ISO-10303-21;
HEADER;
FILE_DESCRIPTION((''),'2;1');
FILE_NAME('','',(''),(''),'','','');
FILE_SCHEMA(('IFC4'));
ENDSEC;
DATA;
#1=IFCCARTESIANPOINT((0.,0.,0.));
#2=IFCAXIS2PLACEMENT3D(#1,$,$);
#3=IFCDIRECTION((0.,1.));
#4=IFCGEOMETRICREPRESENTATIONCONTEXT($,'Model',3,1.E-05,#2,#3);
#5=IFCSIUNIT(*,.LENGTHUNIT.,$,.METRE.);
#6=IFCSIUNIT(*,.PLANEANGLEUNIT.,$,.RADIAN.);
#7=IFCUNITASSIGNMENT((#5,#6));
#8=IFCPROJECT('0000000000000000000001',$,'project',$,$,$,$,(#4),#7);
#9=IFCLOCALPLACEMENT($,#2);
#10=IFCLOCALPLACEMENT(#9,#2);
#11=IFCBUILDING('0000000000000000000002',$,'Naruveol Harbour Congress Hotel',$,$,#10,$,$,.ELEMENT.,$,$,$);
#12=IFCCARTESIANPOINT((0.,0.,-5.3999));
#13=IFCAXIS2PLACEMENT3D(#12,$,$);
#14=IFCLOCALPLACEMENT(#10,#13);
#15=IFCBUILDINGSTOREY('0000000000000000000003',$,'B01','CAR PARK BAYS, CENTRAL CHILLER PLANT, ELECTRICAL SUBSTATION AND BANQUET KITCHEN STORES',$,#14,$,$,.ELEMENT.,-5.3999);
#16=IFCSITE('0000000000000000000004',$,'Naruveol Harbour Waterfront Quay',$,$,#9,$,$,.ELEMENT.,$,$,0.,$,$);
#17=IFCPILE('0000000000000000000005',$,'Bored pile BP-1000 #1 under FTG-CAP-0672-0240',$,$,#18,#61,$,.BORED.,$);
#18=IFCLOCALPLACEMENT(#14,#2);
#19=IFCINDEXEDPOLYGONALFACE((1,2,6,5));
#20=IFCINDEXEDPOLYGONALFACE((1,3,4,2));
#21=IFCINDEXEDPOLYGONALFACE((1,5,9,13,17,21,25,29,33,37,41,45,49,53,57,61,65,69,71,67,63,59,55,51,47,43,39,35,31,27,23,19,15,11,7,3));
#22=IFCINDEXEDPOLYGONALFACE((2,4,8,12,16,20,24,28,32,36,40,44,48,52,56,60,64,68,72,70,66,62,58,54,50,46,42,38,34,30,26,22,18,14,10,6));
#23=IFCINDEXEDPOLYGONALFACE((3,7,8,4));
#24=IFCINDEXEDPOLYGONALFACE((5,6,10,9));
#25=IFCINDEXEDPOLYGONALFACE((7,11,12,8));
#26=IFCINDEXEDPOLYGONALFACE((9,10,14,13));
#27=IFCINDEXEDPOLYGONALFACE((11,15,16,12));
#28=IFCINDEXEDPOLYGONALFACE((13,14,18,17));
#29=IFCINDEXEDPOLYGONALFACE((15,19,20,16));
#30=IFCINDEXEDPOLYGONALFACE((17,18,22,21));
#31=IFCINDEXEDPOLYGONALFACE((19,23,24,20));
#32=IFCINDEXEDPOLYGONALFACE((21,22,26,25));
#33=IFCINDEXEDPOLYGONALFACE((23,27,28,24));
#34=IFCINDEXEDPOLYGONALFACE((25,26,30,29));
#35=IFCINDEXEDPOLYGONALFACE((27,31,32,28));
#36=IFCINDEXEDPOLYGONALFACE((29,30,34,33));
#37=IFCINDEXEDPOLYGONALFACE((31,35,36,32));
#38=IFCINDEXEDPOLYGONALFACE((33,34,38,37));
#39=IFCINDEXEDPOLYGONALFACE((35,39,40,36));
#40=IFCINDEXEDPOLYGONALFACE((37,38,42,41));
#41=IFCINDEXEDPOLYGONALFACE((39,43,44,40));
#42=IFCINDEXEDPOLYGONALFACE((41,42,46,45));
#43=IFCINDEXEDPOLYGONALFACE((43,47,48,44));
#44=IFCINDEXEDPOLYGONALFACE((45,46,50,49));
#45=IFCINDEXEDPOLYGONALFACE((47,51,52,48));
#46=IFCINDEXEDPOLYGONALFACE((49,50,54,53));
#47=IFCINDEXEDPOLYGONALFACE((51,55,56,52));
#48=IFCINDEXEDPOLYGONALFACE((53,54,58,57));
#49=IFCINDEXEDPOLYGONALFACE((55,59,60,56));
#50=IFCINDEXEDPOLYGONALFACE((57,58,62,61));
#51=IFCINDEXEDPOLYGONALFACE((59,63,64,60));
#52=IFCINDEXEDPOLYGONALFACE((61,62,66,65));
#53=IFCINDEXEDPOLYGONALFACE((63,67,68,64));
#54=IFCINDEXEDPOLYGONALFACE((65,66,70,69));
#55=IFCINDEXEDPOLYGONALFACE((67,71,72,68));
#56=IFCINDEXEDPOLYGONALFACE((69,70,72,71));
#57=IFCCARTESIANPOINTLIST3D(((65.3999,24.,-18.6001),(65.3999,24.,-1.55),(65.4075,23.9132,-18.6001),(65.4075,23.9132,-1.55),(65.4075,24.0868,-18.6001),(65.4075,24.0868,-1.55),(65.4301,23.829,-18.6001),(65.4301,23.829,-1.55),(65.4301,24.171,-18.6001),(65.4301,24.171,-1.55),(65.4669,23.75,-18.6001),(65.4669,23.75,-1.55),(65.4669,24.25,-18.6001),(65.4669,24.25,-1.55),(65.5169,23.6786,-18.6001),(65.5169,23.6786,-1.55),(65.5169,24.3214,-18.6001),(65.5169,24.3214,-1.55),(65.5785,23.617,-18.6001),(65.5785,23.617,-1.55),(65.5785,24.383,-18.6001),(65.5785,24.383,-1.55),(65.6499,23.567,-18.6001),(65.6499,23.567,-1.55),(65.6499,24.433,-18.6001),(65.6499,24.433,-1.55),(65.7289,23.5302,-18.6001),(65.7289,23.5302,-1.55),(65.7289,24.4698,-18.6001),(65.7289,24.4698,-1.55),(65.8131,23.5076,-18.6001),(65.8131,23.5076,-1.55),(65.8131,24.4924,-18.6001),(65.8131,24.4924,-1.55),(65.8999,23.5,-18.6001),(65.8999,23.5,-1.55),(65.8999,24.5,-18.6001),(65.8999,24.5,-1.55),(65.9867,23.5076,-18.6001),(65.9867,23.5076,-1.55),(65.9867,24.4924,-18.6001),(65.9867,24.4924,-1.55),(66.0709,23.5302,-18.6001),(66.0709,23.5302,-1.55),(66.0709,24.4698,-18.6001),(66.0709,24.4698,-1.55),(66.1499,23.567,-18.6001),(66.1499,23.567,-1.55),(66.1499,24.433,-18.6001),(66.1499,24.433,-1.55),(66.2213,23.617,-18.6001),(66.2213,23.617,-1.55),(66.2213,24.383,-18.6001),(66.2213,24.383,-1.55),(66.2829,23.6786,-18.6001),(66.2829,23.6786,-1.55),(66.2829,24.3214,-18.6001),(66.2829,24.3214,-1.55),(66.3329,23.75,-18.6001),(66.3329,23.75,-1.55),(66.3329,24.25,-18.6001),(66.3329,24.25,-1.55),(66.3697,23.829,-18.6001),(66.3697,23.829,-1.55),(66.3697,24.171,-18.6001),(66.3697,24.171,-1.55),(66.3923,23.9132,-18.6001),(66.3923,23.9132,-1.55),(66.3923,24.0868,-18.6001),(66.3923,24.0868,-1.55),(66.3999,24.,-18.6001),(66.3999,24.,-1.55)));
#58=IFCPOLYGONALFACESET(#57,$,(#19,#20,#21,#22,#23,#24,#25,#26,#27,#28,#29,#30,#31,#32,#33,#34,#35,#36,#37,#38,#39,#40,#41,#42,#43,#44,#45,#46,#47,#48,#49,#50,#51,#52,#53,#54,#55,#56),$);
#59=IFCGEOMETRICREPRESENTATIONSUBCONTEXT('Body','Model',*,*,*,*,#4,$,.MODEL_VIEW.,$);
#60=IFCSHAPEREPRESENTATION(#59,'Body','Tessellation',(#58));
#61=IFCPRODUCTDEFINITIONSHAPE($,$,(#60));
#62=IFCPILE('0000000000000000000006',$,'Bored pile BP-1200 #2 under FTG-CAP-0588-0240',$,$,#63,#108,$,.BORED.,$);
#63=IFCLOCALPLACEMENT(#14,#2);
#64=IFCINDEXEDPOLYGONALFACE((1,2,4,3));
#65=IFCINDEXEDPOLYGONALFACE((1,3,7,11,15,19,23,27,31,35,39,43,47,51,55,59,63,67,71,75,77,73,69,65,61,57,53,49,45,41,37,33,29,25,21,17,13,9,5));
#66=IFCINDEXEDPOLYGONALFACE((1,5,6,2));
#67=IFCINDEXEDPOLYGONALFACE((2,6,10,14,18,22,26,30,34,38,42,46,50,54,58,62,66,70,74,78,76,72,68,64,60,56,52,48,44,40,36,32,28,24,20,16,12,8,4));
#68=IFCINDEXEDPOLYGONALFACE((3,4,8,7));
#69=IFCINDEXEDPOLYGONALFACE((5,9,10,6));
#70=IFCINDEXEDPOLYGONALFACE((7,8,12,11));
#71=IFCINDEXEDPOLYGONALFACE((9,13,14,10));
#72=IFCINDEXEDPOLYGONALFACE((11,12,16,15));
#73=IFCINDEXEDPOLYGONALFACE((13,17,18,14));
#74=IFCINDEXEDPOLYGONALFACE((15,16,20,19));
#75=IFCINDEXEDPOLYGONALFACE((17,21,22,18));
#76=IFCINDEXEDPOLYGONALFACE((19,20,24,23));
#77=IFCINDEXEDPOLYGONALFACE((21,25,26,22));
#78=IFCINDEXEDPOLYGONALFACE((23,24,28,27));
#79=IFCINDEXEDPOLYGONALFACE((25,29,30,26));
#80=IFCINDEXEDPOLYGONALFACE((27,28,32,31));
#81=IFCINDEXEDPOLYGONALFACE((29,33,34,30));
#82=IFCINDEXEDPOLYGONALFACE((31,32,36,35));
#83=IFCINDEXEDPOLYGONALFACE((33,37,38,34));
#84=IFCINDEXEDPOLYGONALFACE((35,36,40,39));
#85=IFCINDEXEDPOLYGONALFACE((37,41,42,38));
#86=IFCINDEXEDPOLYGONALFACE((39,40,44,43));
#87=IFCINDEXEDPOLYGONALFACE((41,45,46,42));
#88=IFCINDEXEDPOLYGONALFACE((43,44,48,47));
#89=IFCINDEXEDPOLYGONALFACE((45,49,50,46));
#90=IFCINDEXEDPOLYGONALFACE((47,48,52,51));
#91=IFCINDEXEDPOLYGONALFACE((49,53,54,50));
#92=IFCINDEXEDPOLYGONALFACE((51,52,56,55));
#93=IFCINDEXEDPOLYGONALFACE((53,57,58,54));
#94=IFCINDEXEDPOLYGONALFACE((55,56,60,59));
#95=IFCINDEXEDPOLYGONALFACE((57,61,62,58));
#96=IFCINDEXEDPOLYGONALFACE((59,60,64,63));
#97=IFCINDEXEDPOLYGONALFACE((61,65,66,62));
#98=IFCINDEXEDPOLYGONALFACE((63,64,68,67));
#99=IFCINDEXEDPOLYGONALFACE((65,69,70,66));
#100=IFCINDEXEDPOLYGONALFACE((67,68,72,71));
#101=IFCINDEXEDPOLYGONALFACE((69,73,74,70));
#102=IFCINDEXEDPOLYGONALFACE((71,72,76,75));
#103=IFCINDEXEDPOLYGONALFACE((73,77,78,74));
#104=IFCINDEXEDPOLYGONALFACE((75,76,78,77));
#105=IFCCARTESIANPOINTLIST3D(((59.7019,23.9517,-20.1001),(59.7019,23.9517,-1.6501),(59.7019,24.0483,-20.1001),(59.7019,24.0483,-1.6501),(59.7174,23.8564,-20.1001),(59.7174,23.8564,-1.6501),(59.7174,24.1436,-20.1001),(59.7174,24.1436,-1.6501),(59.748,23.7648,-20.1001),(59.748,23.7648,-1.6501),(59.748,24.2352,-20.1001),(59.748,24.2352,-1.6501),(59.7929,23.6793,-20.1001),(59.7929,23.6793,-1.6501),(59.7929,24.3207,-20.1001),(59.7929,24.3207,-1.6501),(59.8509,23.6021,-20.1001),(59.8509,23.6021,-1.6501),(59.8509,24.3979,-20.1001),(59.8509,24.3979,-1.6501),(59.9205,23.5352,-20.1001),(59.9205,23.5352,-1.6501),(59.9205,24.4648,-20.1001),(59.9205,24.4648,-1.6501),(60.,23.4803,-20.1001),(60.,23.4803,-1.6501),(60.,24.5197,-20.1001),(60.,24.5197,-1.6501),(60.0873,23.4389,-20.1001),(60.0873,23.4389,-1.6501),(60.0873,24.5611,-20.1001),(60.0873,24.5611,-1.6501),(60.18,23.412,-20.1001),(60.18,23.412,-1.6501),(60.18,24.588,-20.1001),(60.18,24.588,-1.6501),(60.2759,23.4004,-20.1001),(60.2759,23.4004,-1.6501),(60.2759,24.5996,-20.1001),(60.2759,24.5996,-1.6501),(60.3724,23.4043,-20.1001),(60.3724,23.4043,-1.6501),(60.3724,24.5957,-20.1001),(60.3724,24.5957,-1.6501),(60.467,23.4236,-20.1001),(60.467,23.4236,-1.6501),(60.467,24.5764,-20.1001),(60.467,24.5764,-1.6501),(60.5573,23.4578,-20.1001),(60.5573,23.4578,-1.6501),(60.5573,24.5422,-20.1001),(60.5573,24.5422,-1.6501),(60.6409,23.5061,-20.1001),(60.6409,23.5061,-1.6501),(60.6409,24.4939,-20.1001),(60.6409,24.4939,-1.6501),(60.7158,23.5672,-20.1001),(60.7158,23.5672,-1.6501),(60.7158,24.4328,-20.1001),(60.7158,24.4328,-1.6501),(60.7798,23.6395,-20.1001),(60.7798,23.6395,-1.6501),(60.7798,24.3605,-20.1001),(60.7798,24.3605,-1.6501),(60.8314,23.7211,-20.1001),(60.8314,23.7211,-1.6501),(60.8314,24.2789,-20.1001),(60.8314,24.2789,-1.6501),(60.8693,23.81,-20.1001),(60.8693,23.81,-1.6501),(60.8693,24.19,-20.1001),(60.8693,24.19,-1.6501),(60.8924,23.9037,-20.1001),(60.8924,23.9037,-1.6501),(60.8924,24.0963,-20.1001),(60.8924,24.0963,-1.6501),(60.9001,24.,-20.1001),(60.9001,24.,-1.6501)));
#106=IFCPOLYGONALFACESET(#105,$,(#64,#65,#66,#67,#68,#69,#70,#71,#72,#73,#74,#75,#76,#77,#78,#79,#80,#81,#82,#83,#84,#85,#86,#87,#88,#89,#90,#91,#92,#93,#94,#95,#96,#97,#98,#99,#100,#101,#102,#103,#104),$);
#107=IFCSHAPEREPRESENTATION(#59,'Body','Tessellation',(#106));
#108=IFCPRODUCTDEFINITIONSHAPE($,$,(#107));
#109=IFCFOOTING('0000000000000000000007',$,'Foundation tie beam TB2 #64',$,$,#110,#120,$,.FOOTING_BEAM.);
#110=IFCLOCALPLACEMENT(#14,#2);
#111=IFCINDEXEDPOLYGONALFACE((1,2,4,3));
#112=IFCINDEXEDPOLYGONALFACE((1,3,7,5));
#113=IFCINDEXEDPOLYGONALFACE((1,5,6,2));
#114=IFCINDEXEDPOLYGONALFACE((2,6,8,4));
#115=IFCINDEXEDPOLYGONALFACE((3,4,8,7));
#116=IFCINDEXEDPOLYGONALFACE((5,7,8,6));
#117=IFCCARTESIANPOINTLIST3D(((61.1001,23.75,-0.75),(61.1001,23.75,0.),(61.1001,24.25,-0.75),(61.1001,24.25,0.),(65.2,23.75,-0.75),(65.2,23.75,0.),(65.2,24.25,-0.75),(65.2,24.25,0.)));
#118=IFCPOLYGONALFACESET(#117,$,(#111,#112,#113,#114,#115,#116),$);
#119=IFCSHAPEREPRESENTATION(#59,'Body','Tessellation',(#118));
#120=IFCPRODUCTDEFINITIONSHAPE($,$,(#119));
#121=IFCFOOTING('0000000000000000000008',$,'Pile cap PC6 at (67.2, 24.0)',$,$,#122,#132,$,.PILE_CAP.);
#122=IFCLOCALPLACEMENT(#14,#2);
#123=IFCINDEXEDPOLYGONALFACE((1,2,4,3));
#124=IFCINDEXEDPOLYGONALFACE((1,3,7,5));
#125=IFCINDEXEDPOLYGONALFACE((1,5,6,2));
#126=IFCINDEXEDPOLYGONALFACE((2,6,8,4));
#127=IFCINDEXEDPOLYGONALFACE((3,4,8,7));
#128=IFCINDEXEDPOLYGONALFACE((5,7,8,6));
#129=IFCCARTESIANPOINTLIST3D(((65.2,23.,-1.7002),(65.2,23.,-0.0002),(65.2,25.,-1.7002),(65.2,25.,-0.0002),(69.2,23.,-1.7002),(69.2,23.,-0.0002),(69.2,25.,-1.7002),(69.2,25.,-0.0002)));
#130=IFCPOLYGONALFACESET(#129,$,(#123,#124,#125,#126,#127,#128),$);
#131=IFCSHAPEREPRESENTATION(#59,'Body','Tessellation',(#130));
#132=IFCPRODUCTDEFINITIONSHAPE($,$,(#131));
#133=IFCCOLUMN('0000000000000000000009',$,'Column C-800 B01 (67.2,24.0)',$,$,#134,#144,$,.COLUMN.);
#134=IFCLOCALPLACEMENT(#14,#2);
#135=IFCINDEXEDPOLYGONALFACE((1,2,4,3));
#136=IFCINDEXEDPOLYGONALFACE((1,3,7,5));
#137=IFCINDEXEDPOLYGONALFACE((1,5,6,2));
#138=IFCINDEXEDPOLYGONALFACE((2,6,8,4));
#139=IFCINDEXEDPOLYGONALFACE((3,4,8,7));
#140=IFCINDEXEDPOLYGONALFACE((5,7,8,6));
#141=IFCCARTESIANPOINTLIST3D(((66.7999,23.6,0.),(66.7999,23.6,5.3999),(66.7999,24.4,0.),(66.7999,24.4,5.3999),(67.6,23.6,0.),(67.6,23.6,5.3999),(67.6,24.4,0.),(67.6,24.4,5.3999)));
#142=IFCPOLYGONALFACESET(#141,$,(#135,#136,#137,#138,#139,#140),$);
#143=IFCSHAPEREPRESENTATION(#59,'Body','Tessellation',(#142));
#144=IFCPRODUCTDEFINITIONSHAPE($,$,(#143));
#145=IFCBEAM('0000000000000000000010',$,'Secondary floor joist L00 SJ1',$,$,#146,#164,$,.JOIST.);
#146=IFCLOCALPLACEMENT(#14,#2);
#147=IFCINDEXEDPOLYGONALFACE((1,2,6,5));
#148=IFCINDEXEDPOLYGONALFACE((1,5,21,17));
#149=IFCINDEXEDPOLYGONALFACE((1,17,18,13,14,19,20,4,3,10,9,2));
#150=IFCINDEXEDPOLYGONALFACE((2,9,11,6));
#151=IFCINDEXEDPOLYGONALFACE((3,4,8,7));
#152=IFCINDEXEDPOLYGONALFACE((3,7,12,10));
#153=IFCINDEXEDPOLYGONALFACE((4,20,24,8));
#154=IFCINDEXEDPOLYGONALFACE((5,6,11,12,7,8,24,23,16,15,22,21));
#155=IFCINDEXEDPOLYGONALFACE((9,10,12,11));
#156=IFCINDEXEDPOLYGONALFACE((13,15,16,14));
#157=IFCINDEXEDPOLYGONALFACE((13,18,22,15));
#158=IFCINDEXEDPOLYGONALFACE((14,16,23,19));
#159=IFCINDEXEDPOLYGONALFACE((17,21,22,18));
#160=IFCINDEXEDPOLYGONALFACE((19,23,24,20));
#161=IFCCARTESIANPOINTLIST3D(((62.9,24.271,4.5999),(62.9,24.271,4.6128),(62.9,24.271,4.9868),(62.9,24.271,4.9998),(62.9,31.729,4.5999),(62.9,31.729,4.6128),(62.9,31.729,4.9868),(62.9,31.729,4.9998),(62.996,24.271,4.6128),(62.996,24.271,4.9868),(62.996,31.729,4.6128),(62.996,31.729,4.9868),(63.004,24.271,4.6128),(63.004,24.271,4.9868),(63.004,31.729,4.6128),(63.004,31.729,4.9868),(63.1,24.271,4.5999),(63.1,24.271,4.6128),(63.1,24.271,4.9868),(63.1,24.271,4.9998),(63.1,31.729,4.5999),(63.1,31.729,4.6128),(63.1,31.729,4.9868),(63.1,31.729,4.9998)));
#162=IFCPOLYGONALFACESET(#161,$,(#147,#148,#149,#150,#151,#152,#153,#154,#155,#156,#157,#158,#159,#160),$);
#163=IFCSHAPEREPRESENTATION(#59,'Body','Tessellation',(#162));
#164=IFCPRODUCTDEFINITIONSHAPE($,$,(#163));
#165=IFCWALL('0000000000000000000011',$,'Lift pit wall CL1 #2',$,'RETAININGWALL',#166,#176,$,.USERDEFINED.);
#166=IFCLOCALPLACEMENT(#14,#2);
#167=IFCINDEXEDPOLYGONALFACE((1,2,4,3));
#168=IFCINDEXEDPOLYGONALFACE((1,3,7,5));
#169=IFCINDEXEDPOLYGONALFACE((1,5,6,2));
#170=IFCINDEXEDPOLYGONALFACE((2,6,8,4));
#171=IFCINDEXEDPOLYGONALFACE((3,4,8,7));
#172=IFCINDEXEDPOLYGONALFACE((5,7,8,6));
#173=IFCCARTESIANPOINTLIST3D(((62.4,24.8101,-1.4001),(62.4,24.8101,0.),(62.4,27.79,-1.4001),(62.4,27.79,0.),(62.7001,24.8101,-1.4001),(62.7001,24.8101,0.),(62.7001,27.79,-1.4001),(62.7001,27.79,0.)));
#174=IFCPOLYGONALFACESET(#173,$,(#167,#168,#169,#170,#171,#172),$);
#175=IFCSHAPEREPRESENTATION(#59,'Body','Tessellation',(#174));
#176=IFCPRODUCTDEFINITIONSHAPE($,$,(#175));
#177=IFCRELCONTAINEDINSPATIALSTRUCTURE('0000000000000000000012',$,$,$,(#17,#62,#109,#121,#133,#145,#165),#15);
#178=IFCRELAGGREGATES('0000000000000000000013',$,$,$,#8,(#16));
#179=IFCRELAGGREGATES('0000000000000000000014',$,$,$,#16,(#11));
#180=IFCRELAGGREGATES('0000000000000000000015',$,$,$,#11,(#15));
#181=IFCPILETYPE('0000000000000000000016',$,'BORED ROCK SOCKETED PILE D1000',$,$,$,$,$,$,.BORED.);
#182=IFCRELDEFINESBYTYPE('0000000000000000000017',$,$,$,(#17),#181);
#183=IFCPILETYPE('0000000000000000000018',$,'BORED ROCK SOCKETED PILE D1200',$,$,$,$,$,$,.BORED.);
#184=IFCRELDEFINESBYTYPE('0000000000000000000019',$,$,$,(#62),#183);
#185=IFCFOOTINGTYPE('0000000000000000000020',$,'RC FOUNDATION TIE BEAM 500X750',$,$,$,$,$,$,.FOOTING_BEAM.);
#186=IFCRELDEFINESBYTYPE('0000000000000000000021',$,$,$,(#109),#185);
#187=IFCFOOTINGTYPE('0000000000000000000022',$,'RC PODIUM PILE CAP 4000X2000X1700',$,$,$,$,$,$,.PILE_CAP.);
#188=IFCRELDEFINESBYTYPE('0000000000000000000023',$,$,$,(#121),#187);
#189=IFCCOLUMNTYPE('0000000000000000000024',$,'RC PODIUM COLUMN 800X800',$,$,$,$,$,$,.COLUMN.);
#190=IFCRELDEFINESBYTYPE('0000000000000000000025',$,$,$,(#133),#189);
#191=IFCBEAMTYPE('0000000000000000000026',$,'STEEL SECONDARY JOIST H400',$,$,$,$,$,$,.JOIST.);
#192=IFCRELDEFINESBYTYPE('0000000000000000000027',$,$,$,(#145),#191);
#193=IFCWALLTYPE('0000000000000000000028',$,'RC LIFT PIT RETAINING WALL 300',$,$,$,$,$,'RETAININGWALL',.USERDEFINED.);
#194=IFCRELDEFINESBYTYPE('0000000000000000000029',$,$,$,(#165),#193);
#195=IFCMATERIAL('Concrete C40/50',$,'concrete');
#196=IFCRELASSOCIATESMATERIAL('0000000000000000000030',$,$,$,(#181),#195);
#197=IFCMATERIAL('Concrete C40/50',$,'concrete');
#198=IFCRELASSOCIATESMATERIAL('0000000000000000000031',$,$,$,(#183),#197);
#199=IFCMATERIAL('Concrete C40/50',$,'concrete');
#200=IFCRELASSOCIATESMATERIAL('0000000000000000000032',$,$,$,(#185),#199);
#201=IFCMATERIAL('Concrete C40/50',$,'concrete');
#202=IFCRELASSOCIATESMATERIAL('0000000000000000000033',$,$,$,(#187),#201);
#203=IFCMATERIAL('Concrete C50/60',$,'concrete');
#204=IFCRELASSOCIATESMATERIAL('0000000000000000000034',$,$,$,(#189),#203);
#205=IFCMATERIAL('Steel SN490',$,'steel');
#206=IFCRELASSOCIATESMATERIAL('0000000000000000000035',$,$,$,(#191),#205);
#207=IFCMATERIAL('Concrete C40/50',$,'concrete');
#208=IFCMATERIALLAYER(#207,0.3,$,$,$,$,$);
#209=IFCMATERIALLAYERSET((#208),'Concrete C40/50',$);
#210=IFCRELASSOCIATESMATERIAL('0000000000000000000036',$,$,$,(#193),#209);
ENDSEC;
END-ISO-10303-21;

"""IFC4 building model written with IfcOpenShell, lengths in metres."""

from ifc_helpers import new_model, si_unit, direction, frame, frame_2d, origin, origin_2d, place, context, subcontext, project, spatial, rectangle, circle, i_section, extrude, material, layer, layer_set, material_profile, profile_set, type_object, element, save


model = new_model("IFC4")

# Units and contexts
model_context = context("Model", 3, precision=1e-05, world=origin(), true_north=direction((0.0, 1.0)))
body_context = subcontext(model_context, "Body", "Model", "MODEL_VIEW")
ifc_project = project(units=[si_unit("LENGTHUNIT", "METRE"), si_unit("PLANEANGLEUNIT", "RADIAN")], contexts=[model_context])

# Site, building, storey
site_placement = place(None, origin())
site = spatial("IfcSite", under=ifc_project, at=site_placement, Name="Naruveol Harbour Waterfront Quay", CompositionType="ELEMENT", RefElevation=0.0)
building_placement = place(site_placement, origin())
building = spatial("IfcBuilding", under=site, at=building_placement, Name="Naruveol Harbour Congress Hotel", CompositionType="ELEMENT")
storey_placement = place(building_placement, frame((0.0, 0.0, -5.3999)))
storey = spatial("IfcBuildingStorey", under=building, at=storey_placement, Name="B01", Description="CAR PARK BAYS, CENTRAL CHILLER PLANT, ELECTRICAL SUBSTATION AND BANQUET KITCHEN STORES", CompositionType="ELEMENT", Elevation=-5.3999)

# Piles
ifc_material_1 = material(Name="Concrete C40/50", Category="concrete")
ifc_material_profile_1 = material_profile(ifc_material_1, circle(Radius=0.5, at=origin_2d()), Name="BP-1000")
ifc_profile_set_1 = profile_set([ifc_material_profile_1], Name="Concrete C40/50")
pile_type_1 = type_object("IfcPileType", Name="BORED ROCK SOCKETED PILE D1000", PredefinedType="BORED", material=ifc_profile_set_1)
pile_1_placement = place(storey_placement, frame((65.8999, 24.0, -1.55), z_axis=(0.0, 0.0, -1.0), x_axis=(1.0, 0.0, 0.0)))
element("IfcPile", 1, at=pile_1_placement, inside=storey, type_object=pile_type_1, Name="Bored pile BP-1000 #1 under FTG-CAP-0672-0240", PredefinedType="BORED", context=body_context, shape_type="SweptSolid", body=[
    extrude(circle(Radius=0.5, at=origin_2d()), origin(), (0.0, 0.0, 1.0), 17.05),
])
ifc_material_2 = material(Name="Concrete C40/50", Category="concrete")
ifc_material_profile_2 = material_profile(ifc_material_2, circle(Radius=0.6001, at=origin_2d()), Name="BP-1200")
ifc_profile_set_2 = profile_set([ifc_material_profile_2], Name="Concrete C40/50")
pile_type_2 = type_object("IfcPileType", Name="BORED ROCK SOCKETED PILE D1200", PredefinedType="BORED", material=ifc_profile_set_2)
pile_2_placement = place(storey_placement, frame((60.3, 24.0, -1.6501), z_axis=(0.0, 0.0, -1.0), x_axis=(1.0, 0.0, 0.0)))
element("IfcPile", 2, at=pile_2_placement, inside=storey, type_object=pile_type_2, Name="Bored pile BP-1200 #2 under FTG-CAP-0588-0240", PredefinedType="BORED", context=body_context, shape_type="SweptSolid", body=[
    extrude(circle(Radius=0.6001, at=origin_2d()), origin(), (0.0, 0.0, 1.0), 18.45),
])

# Footings
ifc_material_3 = material(Name="Concrete C40/50", Category="concrete")
ifc_material_profile_3 = material_profile(ifc_material_3, rectangle(XDim=0.5, YDim=0.75, at=origin_2d()), Name="RCB-500x750")
ifc_profile_set_3 = profile_set([ifc_material_profile_3], Name="Concrete C40/50")
footing_type_1 = type_object("IfcFootingType", Name="RC FOUNDATION TIE BEAM 500X750", PredefinedType="FOOTING_BEAM", material=ifc_profile_set_3)
footing_1_placement = place(storey_placement, frame((61.1001, 24.0, -0.375), z_axis=(1.0, 0.0, 0.0), x_axis=(0.0, 1.0, 0.0)))
element("IfcFooting", 3, at=footing_1_placement, inside=storey, type_object=footing_type_1, Name="Foundation tie beam TB2 #64", PredefinedType="FOOTING_BEAM", context=body_context, shape_type="SweptSolid", body=[
    extrude(rectangle(XDim=0.5, YDim=0.75, at=origin_2d()), origin(), (0.0, 0.0, 1.0), 4.0999),
])
ifc_material_4 = material(Name="Concrete C40/50", Category="concrete")
footing_type_2 = type_object("IfcFootingType", Name="RC PODIUM PILE CAP 4000X2000X1700", PredefinedType="PILE_CAP", material=ifc_material_4)
footing_2_placement = place(storey_placement, frame((67.2, 24.0, -1.7002), z_axis=(0.0, 0.0, 1.0), x_axis=(1.0, 0.0, 0.0)))
element("IfcFooting", 4, at=footing_2_placement, inside=storey, type_object=footing_type_2, Name="Pile cap PC6 at (67.2, 24.0)", PredefinedType="PILE_CAP", context=body_context, shape_type="SweptSolid", body=[
    extrude(rectangle(XDim=4.0, YDim=2.0, at=origin_2d()), origin(), (0.0, 0.0, 1.0), 1.7),
])

# Column
ifc_material_5 = material(Name="Concrete C50/60", Category="concrete")
ifc_material_profile_4 = material_profile(ifc_material_5, rectangle(XDim=0.8, YDim=0.8, at=origin_2d()), Name="RC-800x800")
ifc_profile_set_4 = profile_set([ifc_material_profile_4], Name="Concrete C50/60")
column_type = type_object("IfcColumnType", Name="RC PODIUM COLUMN 800X800", PredefinedType="COLUMN", material=ifc_profile_set_4)
column_placement = place(storey_placement, frame((67.2, 24.0, 0.0), z_axis=(0.0, 0.0, 1.0), x_axis=(1.0, 0.0, 0.0)))
element("IfcColumn", 5, at=column_placement, inside=storey, type_object=column_type, Name="Column C-800 B01 (67.2,24.0)", PredefinedType="COLUMN", context=body_context, shape_type="SweptSolid", body=[
    extrude(rectangle(XDim=0.8, YDim=0.8, at=origin_2d()), origin(), (0.0, 0.0, 1.0), 5.3999),
])

# Beam
ifc_material_6 = material(Name="Steel SN490", Category="steel")
ifc_material_profile_5 = material_profile(ifc_material_6, i_section(OverallWidth=0.2, OverallDepth=0.3999, WebThickness=0.0081, FlangeThickness=0.0129, at=origin_2d()), Name="H-400x200x8x13")
ifc_profile_set_5 = profile_set([ifc_material_profile_5], Name="Steel SN490")
beam_type = type_object("IfcBeamType", Name="STEEL SECONDARY JOIST H400", PredefinedType="JOIST", material=ifc_profile_set_5)
beam_placement = place(storey_placement, frame((63.0, 24.271, 4.7998), z_axis=(0.0, 1.0, 0.0), x_axis=(-1.0, 0.0, 0.0)))
element("IfcBeam", 6, at=beam_placement, inside=storey, type_object=beam_type, Name="Secondary floor joist L00 SJ1", PredefinedType="JOIST", context=body_context, shape_type="SweptSolid", body=[
    extrude(i_section(OverallWidth=0.2, OverallDepth=0.3999, WebThickness=0.0081, FlangeThickness=0.0129, at=origin_2d()), origin(), (0.0, 0.0, 1.0), 7.458),
])

# Wall
ifc_material_7 = material(Name="Concrete C40/50", Category="concrete")
ifc_layer_1 = layer(ifc_material_7, 0.3)
ifc_layer_set_1 = layer_set([ifc_layer_1], Name="Concrete C40/50")
wall_type_1 = type_object("IfcWallType", Name="RC LIFT PIT RETAINING WALL 300", ElementType="RETAININGWALL", PredefinedType="USERDEFINED", material=ifc_layer_set_1)
wall_1_placement = place(storey_placement, frame((62.55, 24.8101, -1.4001), z_axis=(0.0, 0.0, 1.0), x_axis=(0.0, 1.0, 0.0)))
element("IfcWall", 7, at=wall_1_placement, inside=storey, type_object=wall_type_1, Name="Lift pit wall CL1 #2", ObjectType="RETAININGWALL", PredefinedType="USERDEFINED", context=body_context, shape_type="SweptSolid", body=[
    extrude(rectangle(XDim=2.98, YDim=0.3, at=frame_2d((1.49, 0.0))), origin(), (0.0, 0.0, 1.0), 1.4001),
])

save(model, "model.ifc")
